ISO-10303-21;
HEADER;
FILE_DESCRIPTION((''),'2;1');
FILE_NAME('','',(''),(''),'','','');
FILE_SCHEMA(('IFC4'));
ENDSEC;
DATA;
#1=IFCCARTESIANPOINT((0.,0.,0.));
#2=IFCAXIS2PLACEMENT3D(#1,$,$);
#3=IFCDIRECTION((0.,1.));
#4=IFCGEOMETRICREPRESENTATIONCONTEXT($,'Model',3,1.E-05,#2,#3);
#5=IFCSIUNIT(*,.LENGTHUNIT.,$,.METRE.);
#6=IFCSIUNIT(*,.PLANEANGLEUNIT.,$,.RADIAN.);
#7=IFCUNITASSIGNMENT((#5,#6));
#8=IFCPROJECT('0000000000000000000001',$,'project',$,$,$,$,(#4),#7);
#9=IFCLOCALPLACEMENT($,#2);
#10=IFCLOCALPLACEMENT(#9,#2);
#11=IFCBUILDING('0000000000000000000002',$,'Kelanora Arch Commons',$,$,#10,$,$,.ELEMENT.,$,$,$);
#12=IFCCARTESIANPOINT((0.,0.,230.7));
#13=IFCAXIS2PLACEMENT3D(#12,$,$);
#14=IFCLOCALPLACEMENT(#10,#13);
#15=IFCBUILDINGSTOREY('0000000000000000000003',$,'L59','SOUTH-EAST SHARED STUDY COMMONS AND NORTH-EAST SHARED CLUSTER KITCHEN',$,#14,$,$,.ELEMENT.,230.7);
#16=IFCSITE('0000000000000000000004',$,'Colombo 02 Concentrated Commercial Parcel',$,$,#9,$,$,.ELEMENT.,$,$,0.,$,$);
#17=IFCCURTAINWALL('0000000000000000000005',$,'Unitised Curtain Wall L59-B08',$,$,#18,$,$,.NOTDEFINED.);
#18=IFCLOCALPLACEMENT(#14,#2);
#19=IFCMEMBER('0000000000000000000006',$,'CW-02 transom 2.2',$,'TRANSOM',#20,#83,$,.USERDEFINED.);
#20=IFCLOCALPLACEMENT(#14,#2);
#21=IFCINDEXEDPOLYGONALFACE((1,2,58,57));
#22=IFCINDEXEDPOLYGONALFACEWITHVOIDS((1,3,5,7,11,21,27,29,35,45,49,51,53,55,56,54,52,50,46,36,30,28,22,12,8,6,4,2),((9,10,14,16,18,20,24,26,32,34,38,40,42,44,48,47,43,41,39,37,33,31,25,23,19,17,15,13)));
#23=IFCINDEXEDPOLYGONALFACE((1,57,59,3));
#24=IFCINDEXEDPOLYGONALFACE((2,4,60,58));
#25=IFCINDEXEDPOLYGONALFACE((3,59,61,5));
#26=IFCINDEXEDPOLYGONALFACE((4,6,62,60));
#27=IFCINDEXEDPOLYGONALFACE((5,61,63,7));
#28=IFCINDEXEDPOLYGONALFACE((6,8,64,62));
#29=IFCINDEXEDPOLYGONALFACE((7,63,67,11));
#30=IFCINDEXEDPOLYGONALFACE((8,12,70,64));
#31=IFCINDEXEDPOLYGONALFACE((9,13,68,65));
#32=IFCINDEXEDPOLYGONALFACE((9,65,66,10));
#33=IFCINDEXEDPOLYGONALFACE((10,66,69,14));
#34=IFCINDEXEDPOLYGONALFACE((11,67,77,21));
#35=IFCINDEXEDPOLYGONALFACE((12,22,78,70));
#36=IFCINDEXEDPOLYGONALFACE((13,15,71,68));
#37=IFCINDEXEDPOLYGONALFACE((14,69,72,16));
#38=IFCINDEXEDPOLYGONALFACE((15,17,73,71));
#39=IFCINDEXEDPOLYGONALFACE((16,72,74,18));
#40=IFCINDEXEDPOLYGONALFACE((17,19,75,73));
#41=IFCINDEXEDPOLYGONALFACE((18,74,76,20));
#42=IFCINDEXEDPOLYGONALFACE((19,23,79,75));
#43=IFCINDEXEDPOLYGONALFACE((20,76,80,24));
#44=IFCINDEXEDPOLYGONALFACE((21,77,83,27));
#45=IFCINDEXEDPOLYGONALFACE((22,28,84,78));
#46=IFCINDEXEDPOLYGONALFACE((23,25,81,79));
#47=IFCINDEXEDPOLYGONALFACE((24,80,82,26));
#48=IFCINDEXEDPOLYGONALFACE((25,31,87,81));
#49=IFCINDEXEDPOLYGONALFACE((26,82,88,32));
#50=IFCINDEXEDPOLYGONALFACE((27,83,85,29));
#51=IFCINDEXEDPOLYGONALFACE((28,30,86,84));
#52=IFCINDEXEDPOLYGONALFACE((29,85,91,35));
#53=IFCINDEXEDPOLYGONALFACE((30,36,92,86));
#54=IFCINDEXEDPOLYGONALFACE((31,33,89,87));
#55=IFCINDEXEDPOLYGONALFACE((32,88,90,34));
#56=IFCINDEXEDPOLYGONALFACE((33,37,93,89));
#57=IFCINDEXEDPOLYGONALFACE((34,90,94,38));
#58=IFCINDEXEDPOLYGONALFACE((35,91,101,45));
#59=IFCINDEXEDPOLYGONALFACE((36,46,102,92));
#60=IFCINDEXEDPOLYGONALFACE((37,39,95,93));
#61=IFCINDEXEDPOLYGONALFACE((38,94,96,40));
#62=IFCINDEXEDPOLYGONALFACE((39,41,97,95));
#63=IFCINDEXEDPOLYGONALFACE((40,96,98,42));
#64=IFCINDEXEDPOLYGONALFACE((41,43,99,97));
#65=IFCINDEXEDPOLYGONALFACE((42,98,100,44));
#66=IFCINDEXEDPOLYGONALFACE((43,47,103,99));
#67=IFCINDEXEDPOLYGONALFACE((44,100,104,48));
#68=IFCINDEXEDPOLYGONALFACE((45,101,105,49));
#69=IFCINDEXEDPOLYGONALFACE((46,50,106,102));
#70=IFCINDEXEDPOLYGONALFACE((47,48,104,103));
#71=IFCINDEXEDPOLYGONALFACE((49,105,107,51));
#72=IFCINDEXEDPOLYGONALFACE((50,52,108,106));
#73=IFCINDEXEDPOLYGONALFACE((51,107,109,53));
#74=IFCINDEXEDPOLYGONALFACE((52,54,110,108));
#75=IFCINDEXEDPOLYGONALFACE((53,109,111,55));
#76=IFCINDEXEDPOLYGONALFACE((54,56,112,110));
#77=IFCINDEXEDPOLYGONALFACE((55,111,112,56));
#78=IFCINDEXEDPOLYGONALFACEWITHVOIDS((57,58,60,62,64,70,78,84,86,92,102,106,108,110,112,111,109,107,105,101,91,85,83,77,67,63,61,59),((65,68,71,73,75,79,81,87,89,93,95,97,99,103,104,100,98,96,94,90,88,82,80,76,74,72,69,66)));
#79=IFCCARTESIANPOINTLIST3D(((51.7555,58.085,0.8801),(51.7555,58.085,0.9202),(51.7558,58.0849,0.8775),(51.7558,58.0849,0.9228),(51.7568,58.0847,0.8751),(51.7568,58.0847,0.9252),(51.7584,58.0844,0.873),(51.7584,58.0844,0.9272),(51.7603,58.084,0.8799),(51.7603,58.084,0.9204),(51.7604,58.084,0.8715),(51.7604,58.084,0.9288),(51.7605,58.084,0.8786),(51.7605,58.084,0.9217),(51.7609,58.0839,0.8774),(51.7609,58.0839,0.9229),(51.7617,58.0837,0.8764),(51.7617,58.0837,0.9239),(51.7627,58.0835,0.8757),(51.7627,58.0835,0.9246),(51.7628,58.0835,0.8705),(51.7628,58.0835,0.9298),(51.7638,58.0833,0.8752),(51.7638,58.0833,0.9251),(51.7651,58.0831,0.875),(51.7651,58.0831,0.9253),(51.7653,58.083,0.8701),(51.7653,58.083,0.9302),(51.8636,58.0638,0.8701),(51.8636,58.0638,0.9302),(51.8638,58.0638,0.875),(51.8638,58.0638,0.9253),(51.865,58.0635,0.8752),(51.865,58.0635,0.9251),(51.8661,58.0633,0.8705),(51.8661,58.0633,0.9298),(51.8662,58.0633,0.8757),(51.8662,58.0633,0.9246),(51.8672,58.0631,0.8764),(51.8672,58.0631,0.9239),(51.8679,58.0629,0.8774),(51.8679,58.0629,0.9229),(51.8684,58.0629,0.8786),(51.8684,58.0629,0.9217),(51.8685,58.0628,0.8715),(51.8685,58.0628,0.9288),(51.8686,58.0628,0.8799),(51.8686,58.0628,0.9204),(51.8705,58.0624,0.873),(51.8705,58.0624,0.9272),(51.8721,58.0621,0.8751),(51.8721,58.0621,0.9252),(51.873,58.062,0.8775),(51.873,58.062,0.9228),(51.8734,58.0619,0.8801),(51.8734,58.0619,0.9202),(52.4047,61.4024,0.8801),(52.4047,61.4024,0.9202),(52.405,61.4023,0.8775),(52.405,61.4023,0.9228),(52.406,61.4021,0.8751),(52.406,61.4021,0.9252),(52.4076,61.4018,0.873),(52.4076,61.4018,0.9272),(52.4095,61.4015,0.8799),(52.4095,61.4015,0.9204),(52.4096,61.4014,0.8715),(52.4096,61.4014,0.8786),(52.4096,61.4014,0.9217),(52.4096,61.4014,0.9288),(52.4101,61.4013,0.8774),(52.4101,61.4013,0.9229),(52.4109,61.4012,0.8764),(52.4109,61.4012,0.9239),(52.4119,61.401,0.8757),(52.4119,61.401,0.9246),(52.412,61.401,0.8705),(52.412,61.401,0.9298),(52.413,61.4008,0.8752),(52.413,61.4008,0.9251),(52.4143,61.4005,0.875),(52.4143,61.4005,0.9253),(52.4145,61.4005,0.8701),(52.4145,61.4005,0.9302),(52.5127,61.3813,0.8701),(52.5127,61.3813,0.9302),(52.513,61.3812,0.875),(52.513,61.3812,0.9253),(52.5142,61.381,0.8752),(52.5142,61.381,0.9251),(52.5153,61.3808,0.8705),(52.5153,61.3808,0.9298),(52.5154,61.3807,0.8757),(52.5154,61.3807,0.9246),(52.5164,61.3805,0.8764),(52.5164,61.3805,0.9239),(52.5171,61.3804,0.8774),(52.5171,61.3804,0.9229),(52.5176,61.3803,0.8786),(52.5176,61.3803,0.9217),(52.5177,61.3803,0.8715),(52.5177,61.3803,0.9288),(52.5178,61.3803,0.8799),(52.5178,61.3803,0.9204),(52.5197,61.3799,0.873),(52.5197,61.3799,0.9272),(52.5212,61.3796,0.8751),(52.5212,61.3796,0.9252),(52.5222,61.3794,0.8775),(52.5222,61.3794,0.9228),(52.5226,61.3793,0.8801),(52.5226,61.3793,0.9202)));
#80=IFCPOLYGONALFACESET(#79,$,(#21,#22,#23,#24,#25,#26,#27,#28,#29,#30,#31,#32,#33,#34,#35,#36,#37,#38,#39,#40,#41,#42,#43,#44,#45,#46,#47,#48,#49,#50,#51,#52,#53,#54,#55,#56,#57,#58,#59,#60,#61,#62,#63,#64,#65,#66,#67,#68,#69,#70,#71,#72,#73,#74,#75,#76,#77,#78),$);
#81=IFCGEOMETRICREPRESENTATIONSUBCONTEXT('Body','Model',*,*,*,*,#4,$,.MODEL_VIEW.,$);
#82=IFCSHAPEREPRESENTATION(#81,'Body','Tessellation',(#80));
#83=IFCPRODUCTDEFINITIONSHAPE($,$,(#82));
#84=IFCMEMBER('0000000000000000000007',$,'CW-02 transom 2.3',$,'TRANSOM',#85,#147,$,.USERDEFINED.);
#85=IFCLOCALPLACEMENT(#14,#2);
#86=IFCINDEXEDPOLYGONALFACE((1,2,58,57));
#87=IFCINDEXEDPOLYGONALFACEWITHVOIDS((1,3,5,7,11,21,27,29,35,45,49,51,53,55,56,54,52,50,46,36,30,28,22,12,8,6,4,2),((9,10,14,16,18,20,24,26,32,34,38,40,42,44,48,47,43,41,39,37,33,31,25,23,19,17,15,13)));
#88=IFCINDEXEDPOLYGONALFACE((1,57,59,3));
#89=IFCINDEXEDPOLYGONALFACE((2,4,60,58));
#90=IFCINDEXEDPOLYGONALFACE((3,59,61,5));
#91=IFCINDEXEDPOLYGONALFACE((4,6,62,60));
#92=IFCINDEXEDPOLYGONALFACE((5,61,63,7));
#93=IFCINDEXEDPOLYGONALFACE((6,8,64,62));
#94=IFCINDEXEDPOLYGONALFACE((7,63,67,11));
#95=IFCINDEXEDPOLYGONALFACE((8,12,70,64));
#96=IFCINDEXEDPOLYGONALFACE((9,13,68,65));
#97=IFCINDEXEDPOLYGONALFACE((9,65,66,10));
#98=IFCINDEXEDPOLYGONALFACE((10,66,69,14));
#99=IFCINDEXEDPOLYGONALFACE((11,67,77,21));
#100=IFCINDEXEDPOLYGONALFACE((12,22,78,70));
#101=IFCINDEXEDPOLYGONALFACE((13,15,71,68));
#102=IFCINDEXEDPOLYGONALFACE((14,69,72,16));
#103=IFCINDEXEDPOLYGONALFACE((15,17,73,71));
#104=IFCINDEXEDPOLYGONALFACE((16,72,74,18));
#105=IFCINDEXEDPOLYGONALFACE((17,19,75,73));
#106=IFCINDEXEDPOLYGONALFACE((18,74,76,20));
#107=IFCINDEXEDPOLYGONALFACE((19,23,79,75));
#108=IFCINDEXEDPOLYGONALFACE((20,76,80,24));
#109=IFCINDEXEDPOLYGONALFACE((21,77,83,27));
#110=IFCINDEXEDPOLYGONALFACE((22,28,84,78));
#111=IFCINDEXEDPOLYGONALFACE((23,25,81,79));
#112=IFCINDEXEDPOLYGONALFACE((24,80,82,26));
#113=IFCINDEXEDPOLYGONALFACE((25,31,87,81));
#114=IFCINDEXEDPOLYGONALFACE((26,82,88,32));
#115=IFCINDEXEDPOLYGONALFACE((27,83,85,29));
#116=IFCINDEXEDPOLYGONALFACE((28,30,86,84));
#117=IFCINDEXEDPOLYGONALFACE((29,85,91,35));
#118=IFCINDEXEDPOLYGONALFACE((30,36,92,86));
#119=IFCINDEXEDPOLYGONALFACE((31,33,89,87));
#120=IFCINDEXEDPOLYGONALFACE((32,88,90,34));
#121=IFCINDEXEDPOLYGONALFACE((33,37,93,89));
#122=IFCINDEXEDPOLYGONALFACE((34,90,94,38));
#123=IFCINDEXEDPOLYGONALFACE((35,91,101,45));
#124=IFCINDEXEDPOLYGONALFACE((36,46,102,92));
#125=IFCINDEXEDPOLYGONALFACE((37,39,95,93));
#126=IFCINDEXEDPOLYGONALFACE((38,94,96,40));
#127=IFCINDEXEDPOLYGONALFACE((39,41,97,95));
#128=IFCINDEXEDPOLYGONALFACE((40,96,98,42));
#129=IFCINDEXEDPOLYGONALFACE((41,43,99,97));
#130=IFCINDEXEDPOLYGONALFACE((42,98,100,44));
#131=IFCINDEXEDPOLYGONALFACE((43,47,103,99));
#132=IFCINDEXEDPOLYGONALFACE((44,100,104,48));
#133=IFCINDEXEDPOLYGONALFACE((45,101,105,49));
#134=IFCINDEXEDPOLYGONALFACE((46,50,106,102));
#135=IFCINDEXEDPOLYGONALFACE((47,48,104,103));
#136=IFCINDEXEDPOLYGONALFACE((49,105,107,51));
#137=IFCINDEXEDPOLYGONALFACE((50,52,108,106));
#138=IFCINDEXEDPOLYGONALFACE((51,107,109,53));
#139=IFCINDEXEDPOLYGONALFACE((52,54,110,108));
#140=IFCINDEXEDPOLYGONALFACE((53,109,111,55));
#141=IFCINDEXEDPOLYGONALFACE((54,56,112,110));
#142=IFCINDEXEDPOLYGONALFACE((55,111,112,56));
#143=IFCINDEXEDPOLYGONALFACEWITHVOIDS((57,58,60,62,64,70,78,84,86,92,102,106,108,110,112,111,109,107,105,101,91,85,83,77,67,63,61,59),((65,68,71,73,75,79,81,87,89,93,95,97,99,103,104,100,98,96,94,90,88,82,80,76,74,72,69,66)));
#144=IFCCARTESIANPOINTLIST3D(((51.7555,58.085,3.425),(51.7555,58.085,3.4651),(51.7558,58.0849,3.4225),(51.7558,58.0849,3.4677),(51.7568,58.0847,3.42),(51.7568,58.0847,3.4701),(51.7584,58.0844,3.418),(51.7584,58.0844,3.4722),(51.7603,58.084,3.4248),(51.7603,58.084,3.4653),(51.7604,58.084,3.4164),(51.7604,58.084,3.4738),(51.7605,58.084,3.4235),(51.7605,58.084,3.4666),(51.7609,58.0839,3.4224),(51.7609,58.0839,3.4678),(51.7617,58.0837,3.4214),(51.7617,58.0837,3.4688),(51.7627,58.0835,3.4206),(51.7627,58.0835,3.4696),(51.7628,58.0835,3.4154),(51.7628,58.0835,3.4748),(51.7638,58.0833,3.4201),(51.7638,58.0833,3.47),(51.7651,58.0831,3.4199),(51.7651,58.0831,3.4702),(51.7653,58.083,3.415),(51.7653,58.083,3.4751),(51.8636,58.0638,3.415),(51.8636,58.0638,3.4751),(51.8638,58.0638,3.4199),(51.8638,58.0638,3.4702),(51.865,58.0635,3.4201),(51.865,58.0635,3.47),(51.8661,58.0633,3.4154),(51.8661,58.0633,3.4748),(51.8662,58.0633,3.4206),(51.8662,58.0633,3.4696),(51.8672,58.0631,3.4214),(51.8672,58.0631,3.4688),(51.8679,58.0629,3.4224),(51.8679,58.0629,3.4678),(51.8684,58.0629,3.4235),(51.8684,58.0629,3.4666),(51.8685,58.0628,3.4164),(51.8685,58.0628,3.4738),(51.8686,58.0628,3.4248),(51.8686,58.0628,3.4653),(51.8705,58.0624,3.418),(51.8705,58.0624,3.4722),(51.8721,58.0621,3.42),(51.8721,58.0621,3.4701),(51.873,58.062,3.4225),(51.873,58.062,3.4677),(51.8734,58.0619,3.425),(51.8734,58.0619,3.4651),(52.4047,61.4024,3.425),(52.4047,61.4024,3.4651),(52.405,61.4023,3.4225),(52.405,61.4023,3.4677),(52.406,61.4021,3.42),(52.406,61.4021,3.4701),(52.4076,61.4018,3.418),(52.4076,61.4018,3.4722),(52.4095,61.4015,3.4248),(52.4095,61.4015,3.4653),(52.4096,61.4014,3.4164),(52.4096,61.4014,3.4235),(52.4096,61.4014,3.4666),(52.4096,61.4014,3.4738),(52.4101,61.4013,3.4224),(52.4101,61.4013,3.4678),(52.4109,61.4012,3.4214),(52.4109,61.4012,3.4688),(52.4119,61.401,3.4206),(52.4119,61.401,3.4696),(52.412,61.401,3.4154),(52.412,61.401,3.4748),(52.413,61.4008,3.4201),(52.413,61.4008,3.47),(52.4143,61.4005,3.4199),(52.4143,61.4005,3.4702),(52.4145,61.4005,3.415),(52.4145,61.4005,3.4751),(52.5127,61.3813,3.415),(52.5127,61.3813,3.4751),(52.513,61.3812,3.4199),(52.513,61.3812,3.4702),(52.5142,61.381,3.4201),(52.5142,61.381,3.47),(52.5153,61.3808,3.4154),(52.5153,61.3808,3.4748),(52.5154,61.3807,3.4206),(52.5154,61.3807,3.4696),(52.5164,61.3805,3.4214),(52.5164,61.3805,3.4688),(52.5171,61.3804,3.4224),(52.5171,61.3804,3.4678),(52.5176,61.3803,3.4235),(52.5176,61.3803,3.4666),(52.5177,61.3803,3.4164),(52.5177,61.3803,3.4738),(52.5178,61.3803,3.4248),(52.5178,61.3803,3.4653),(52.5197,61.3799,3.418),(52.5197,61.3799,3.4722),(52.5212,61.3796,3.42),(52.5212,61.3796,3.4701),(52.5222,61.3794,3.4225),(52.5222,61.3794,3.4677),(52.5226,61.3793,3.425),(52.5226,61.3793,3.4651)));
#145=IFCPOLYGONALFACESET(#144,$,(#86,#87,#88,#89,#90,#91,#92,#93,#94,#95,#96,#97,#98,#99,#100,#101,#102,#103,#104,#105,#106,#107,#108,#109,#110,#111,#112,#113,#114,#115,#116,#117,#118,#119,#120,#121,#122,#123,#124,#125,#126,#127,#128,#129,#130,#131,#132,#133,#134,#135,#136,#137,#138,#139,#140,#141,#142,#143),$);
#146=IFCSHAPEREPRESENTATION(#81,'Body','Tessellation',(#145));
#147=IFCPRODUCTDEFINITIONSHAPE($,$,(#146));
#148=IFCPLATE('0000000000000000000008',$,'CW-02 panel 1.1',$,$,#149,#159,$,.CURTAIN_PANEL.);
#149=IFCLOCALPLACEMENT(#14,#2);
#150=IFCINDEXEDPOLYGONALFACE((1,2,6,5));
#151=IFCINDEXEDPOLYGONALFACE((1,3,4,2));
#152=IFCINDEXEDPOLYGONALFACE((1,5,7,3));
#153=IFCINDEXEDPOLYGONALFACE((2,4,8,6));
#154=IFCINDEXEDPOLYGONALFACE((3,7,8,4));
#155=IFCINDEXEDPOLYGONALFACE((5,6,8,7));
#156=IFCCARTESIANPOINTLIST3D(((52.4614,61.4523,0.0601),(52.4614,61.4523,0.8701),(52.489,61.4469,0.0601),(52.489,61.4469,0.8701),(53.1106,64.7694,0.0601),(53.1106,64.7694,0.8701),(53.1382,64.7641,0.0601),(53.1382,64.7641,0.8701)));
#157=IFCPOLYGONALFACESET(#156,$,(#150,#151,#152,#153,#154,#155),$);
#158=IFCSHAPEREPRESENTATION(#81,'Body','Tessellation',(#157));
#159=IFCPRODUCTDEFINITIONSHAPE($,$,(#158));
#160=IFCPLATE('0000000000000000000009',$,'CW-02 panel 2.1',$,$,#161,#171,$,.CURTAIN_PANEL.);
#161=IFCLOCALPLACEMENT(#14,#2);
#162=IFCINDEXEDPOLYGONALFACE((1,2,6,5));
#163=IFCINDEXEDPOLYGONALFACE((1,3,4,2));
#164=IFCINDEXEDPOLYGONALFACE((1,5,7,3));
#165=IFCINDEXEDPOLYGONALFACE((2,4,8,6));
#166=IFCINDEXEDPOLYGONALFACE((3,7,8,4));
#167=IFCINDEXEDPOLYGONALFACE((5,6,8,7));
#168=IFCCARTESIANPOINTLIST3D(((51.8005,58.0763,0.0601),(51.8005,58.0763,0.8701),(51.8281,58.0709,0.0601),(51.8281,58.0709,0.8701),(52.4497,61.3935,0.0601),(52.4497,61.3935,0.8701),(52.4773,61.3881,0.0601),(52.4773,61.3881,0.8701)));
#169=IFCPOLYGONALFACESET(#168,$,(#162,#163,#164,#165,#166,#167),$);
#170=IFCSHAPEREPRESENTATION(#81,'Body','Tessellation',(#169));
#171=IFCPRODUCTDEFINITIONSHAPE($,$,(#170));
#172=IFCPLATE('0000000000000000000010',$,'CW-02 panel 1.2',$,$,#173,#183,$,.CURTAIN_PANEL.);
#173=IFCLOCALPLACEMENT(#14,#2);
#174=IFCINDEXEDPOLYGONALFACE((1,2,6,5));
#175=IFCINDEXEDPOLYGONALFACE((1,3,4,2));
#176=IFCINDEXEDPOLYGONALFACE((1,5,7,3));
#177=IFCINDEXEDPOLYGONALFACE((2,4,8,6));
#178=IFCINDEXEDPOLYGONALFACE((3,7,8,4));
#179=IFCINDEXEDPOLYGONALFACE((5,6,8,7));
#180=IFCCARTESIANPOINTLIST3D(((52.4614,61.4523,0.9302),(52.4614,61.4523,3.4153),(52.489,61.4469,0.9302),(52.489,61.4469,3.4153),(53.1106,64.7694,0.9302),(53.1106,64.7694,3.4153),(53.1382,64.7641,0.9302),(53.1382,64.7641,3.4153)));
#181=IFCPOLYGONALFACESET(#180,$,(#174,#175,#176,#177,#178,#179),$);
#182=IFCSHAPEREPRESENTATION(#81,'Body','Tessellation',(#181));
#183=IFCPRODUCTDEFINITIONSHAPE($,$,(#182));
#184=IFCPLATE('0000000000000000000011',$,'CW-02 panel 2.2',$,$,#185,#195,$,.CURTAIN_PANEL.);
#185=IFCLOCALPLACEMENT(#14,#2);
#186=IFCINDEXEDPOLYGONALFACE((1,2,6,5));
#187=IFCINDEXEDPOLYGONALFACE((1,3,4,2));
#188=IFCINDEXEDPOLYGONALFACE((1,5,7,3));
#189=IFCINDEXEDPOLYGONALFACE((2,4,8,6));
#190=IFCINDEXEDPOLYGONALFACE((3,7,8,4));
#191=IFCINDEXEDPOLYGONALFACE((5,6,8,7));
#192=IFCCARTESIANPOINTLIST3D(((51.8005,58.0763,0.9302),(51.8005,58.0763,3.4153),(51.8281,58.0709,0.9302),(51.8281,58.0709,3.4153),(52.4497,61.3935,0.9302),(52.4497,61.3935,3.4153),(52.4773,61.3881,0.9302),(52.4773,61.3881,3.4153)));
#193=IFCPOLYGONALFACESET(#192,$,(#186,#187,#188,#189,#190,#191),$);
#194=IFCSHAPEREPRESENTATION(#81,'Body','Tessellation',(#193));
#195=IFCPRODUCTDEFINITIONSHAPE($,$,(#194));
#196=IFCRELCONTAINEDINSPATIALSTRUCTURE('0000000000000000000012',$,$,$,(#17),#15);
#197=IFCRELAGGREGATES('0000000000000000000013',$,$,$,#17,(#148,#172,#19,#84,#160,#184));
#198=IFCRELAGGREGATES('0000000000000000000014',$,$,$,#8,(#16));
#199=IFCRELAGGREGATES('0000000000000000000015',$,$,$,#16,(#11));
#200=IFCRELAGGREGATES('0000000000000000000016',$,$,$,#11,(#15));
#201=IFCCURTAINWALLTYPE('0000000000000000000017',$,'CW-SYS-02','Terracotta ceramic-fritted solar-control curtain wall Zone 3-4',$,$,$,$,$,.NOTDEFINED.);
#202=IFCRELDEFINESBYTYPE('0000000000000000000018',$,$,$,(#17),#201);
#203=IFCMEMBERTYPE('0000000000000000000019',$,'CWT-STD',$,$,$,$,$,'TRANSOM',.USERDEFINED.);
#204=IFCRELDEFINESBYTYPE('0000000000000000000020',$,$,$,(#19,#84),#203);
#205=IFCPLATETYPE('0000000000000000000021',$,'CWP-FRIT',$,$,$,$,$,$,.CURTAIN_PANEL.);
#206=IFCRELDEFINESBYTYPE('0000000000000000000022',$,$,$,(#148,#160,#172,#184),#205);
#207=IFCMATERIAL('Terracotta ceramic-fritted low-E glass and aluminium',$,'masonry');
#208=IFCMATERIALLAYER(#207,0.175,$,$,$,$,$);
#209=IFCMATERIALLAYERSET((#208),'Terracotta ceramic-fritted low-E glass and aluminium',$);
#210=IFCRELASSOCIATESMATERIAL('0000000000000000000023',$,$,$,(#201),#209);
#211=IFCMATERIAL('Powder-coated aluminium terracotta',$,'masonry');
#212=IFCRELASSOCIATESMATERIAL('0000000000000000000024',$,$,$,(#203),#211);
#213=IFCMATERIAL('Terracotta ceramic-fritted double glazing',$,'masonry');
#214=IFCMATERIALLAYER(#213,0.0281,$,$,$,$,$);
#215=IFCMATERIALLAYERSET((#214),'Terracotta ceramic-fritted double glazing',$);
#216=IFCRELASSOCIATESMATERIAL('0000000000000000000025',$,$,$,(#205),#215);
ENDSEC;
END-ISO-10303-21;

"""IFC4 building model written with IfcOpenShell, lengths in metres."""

from ifc_helpers import new_model, si_unit, direction, frame, origin, origin_2d, place, context, subcontext, project, spatial, rectangle, hollow_rectangle, extrude, source, transform, mapped, material, layer, layer_set, material_profile, profile_set, type_object, element, aggregate, save


model = new_model("IFC4")

# Units and contexts
model_context = context("Model", 3, precision=1e-05, world=origin(), true_north=direction((0.0, 1.0)))
body_context = subcontext(model_context, "Body", "Model", "MODEL_VIEW")
ifc_project = project(units=[si_unit("LENGTHUNIT", "METRE"), si_unit("PLANEANGLEUNIT", "RADIAN")], contexts=[model_context])

# Site, building, storey
site_placement = place(None, origin())
site = spatial("IfcSite", under=ifc_project, at=site_placement, Name="Colombo 02 Concentrated Commercial Parcel", CompositionType="ELEMENT", RefElevation=0.0)
building_placement = place(site_placement, origin())
building = spatial("IfcBuilding", under=site, at=building_placement, Name="Kelanora Arch Commons", CompositionType="ELEMENT")
storey_placement = place(building_placement, frame((0.0, 0.0, 230.7)))
storey = spatial("IfcBuildingStorey", under=building, at=storey_placement, Name="L59", Description="SOUTH-EAST SHARED STUDY COMMONS AND NORTH-EAST SHARED CLUSTER KITCHEN", CompositionType="ELEMENT", Elevation=230.7)

# Curtain wall, members, plates
ifc_material_1 = material(Name="Terracotta ceramic-fritted low-E glass and aluminium", Category="masonry")
ifc_layer_1 = layer(ifc_material_1, 0.175)
ifc_layer_set_1 = layer_set([ifc_layer_1], Name="Terracotta ceramic-fritted low-E glass and aluminium")
curtain_wall_type = type_object("IfcCurtainWallType", Name="CW-SYS-02", Description="Terracotta ceramic-fritted solar-control curtain wall Zone 3-4", PredefinedType="NOTDEFINED", material=ifc_layer_set_1)
curtain_wall_placement = place(storey_placement, origin())
curtain_wall = element("IfcCurtainWall", 1, at=curtain_wall_placement, inside=storey, type_object=curtain_wall_type, Name="Unitised Curtain Wall L59-B08", PredefinedType="NOTDEFINED")
ifc_material_2 = material(Name="Powder-coated aluminium terracotta", Category="masonry")
ifc_material_profile_1 = material_profile(ifc_material_2, hollow_rectangle(XDim=0.1201, YDim=0.0601, WallThickness=0.0049, InnerFilletRadius=0.0049, OuterFilletRadius=0.01, at=origin_2d()), Name="CWT120x60")
ifc_profile_set_1 = profile_set([ifc_material_profile_1], Name="Powder-coated aluminium terracotta")
member_type_1 = type_object("IfcMemberType", Name="CWT-STD", ElementType="TRANSOM", PredefinedType="USERDEFINED", material=ifc_profile_set_1)
member_1_placement = place(storey_placement, frame((52.4636, 61.3909, 0.9001), z_axis=(-0.192045, -0.981386, 0.0), x_axis=(0.981386, -0.192045, 0.0)))
member_1 = element("IfcMember", 2, at=member_1_placement, type_object=member_type_1, Name="CW-02 transom 2.2", ObjectType="TRANSOM", PredefinedType="USERDEFINED", context=body_context, shape_type="SweptSolid", body=[
    extrude(hollow_rectangle(XDim=0.1201, YDim=0.0601, WallThickness=0.0049, InnerFilletRadius=0.0049, OuterFilletRadius=0.01, at=origin_2d()), origin(), (0.0, 0.0, 1.0), 3.3804),
])
member_2_placement = place(storey_placement, frame((52.4636, 61.3909, 3.4451), z_axis=(-0.192045, -0.981386, 0.0), x_axis=(0.981386, -0.192045, 0.0)))
member_2 = element("IfcMember", 3, at=member_2_placement, type_object=member_type_1, Name="CW-02 transom 2.3", ObjectType="TRANSOM", PredefinedType="USERDEFINED", context=body_context, shape_type="SweptSolid", body=[
    extrude(hollow_rectangle(XDim=0.1201, YDim=0.0601, WallThickness=0.0049, InnerFilletRadius=0.0049, OuterFilletRadius=0.01, at=origin_2d()), origin(), (0.0, 0.0, 1.0), 3.3804),
])
ifc_material_3 = material(Name="Terracotta ceramic-fritted double glazing", Category="masonry")
ifc_layer_2 = layer(ifc_material_3, 0.0281)
ifc_layer_set_2 = layer_set([ifc_layer_2], Name="Terracotta ceramic-fritted double glazing")
plate_type = type_object("IfcPlateType", Name="CWP-FRIT", PredefinedType="CURTAIN_PANEL", material=ifc_layer_set_2)
shared_shape_1 = source(origin(), body_context, "Body", "SweptSolid", [
    extrude(rectangle(XDim=3.3801, YDim=0.0281, at=origin_2d()), origin(), (0.0, 0.0, 1.0), 0.8101),
])
plate_1_placement = place(storey_placement, frame((52.7998, 63.1082, 0.0601), z_axis=(0.0, 0.0, 1.0), x_axis=(-0.192069, -0.981381, 0.0)))
plate_1 = element("IfcPlate", 4, at=plate_1_placement, type_object=plate_type, Name="CW-02 panel 1.1", PredefinedType="CURTAIN_PANEL", context=body_context, shape_type="MappedRepresentation", body=[
    mapped(shared_shape_1, transform((0.0, 0.0, 0.0), scale=1.0)),
])
plate_2_placement = place(storey_placement, frame((52.1389, 59.7322, 0.0601), z_axis=(0.0, 0.0, 1.0), x_axis=(-0.192069, -0.981381, 0.0)))
plate_2 = element("IfcPlate", 5, at=plate_2_placement, type_object=plate_type, Name="CW-02 panel 2.1", PredefinedType="CURTAIN_PANEL", context=body_context, shape_type="MappedRepresentation", body=[
    mapped(shared_shape_1, transform((0.0, 0.0, 0.0), scale=1.0)),
])
shared_shape_2 = source(origin(), body_context, "Body", "SweptSolid", [
    extrude(rectangle(XDim=3.3801, YDim=0.0281, at=origin_2d()), origin(), (0.0, 0.0, 1.0), 2.4851),
])
plate_3_placement = place(storey_placement, frame((52.7998, 63.1082, 0.9302), z_axis=(0.0, 0.0, 1.0), x_axis=(-0.192069, -0.981381, 0.0)))
plate_3 = element("IfcPlate", 6, at=plate_3_placement, type_object=plate_type, Name="CW-02 panel 1.2", PredefinedType="CURTAIN_PANEL", context=body_context, shape_type="MappedRepresentation", body=[
    mapped(shared_shape_2, transform((0.0, 0.0, 0.0), scale=1.0)),
])
plate_4_placement = place(storey_placement, frame((52.1389, 59.7322, 0.9302), z_axis=(0.0, 0.0, 1.0), x_axis=(-0.192069, -0.981381, 0.0)))
plate_4 = element("IfcPlate", 7, at=plate_4_placement, type_object=plate_type, Name="CW-02 panel 2.2", PredefinedType="CURTAIN_PANEL", context=body_context, shape_type="MappedRepresentation", body=[
    mapped(shared_shape_2, transform((0.0, 0.0, 0.0), scale=1.0)),
])
aggregate(curtain_wall, [plate_1, plate_3, member_1, member_2, plate_2, plate_4])

save(model, "model.ifc")
